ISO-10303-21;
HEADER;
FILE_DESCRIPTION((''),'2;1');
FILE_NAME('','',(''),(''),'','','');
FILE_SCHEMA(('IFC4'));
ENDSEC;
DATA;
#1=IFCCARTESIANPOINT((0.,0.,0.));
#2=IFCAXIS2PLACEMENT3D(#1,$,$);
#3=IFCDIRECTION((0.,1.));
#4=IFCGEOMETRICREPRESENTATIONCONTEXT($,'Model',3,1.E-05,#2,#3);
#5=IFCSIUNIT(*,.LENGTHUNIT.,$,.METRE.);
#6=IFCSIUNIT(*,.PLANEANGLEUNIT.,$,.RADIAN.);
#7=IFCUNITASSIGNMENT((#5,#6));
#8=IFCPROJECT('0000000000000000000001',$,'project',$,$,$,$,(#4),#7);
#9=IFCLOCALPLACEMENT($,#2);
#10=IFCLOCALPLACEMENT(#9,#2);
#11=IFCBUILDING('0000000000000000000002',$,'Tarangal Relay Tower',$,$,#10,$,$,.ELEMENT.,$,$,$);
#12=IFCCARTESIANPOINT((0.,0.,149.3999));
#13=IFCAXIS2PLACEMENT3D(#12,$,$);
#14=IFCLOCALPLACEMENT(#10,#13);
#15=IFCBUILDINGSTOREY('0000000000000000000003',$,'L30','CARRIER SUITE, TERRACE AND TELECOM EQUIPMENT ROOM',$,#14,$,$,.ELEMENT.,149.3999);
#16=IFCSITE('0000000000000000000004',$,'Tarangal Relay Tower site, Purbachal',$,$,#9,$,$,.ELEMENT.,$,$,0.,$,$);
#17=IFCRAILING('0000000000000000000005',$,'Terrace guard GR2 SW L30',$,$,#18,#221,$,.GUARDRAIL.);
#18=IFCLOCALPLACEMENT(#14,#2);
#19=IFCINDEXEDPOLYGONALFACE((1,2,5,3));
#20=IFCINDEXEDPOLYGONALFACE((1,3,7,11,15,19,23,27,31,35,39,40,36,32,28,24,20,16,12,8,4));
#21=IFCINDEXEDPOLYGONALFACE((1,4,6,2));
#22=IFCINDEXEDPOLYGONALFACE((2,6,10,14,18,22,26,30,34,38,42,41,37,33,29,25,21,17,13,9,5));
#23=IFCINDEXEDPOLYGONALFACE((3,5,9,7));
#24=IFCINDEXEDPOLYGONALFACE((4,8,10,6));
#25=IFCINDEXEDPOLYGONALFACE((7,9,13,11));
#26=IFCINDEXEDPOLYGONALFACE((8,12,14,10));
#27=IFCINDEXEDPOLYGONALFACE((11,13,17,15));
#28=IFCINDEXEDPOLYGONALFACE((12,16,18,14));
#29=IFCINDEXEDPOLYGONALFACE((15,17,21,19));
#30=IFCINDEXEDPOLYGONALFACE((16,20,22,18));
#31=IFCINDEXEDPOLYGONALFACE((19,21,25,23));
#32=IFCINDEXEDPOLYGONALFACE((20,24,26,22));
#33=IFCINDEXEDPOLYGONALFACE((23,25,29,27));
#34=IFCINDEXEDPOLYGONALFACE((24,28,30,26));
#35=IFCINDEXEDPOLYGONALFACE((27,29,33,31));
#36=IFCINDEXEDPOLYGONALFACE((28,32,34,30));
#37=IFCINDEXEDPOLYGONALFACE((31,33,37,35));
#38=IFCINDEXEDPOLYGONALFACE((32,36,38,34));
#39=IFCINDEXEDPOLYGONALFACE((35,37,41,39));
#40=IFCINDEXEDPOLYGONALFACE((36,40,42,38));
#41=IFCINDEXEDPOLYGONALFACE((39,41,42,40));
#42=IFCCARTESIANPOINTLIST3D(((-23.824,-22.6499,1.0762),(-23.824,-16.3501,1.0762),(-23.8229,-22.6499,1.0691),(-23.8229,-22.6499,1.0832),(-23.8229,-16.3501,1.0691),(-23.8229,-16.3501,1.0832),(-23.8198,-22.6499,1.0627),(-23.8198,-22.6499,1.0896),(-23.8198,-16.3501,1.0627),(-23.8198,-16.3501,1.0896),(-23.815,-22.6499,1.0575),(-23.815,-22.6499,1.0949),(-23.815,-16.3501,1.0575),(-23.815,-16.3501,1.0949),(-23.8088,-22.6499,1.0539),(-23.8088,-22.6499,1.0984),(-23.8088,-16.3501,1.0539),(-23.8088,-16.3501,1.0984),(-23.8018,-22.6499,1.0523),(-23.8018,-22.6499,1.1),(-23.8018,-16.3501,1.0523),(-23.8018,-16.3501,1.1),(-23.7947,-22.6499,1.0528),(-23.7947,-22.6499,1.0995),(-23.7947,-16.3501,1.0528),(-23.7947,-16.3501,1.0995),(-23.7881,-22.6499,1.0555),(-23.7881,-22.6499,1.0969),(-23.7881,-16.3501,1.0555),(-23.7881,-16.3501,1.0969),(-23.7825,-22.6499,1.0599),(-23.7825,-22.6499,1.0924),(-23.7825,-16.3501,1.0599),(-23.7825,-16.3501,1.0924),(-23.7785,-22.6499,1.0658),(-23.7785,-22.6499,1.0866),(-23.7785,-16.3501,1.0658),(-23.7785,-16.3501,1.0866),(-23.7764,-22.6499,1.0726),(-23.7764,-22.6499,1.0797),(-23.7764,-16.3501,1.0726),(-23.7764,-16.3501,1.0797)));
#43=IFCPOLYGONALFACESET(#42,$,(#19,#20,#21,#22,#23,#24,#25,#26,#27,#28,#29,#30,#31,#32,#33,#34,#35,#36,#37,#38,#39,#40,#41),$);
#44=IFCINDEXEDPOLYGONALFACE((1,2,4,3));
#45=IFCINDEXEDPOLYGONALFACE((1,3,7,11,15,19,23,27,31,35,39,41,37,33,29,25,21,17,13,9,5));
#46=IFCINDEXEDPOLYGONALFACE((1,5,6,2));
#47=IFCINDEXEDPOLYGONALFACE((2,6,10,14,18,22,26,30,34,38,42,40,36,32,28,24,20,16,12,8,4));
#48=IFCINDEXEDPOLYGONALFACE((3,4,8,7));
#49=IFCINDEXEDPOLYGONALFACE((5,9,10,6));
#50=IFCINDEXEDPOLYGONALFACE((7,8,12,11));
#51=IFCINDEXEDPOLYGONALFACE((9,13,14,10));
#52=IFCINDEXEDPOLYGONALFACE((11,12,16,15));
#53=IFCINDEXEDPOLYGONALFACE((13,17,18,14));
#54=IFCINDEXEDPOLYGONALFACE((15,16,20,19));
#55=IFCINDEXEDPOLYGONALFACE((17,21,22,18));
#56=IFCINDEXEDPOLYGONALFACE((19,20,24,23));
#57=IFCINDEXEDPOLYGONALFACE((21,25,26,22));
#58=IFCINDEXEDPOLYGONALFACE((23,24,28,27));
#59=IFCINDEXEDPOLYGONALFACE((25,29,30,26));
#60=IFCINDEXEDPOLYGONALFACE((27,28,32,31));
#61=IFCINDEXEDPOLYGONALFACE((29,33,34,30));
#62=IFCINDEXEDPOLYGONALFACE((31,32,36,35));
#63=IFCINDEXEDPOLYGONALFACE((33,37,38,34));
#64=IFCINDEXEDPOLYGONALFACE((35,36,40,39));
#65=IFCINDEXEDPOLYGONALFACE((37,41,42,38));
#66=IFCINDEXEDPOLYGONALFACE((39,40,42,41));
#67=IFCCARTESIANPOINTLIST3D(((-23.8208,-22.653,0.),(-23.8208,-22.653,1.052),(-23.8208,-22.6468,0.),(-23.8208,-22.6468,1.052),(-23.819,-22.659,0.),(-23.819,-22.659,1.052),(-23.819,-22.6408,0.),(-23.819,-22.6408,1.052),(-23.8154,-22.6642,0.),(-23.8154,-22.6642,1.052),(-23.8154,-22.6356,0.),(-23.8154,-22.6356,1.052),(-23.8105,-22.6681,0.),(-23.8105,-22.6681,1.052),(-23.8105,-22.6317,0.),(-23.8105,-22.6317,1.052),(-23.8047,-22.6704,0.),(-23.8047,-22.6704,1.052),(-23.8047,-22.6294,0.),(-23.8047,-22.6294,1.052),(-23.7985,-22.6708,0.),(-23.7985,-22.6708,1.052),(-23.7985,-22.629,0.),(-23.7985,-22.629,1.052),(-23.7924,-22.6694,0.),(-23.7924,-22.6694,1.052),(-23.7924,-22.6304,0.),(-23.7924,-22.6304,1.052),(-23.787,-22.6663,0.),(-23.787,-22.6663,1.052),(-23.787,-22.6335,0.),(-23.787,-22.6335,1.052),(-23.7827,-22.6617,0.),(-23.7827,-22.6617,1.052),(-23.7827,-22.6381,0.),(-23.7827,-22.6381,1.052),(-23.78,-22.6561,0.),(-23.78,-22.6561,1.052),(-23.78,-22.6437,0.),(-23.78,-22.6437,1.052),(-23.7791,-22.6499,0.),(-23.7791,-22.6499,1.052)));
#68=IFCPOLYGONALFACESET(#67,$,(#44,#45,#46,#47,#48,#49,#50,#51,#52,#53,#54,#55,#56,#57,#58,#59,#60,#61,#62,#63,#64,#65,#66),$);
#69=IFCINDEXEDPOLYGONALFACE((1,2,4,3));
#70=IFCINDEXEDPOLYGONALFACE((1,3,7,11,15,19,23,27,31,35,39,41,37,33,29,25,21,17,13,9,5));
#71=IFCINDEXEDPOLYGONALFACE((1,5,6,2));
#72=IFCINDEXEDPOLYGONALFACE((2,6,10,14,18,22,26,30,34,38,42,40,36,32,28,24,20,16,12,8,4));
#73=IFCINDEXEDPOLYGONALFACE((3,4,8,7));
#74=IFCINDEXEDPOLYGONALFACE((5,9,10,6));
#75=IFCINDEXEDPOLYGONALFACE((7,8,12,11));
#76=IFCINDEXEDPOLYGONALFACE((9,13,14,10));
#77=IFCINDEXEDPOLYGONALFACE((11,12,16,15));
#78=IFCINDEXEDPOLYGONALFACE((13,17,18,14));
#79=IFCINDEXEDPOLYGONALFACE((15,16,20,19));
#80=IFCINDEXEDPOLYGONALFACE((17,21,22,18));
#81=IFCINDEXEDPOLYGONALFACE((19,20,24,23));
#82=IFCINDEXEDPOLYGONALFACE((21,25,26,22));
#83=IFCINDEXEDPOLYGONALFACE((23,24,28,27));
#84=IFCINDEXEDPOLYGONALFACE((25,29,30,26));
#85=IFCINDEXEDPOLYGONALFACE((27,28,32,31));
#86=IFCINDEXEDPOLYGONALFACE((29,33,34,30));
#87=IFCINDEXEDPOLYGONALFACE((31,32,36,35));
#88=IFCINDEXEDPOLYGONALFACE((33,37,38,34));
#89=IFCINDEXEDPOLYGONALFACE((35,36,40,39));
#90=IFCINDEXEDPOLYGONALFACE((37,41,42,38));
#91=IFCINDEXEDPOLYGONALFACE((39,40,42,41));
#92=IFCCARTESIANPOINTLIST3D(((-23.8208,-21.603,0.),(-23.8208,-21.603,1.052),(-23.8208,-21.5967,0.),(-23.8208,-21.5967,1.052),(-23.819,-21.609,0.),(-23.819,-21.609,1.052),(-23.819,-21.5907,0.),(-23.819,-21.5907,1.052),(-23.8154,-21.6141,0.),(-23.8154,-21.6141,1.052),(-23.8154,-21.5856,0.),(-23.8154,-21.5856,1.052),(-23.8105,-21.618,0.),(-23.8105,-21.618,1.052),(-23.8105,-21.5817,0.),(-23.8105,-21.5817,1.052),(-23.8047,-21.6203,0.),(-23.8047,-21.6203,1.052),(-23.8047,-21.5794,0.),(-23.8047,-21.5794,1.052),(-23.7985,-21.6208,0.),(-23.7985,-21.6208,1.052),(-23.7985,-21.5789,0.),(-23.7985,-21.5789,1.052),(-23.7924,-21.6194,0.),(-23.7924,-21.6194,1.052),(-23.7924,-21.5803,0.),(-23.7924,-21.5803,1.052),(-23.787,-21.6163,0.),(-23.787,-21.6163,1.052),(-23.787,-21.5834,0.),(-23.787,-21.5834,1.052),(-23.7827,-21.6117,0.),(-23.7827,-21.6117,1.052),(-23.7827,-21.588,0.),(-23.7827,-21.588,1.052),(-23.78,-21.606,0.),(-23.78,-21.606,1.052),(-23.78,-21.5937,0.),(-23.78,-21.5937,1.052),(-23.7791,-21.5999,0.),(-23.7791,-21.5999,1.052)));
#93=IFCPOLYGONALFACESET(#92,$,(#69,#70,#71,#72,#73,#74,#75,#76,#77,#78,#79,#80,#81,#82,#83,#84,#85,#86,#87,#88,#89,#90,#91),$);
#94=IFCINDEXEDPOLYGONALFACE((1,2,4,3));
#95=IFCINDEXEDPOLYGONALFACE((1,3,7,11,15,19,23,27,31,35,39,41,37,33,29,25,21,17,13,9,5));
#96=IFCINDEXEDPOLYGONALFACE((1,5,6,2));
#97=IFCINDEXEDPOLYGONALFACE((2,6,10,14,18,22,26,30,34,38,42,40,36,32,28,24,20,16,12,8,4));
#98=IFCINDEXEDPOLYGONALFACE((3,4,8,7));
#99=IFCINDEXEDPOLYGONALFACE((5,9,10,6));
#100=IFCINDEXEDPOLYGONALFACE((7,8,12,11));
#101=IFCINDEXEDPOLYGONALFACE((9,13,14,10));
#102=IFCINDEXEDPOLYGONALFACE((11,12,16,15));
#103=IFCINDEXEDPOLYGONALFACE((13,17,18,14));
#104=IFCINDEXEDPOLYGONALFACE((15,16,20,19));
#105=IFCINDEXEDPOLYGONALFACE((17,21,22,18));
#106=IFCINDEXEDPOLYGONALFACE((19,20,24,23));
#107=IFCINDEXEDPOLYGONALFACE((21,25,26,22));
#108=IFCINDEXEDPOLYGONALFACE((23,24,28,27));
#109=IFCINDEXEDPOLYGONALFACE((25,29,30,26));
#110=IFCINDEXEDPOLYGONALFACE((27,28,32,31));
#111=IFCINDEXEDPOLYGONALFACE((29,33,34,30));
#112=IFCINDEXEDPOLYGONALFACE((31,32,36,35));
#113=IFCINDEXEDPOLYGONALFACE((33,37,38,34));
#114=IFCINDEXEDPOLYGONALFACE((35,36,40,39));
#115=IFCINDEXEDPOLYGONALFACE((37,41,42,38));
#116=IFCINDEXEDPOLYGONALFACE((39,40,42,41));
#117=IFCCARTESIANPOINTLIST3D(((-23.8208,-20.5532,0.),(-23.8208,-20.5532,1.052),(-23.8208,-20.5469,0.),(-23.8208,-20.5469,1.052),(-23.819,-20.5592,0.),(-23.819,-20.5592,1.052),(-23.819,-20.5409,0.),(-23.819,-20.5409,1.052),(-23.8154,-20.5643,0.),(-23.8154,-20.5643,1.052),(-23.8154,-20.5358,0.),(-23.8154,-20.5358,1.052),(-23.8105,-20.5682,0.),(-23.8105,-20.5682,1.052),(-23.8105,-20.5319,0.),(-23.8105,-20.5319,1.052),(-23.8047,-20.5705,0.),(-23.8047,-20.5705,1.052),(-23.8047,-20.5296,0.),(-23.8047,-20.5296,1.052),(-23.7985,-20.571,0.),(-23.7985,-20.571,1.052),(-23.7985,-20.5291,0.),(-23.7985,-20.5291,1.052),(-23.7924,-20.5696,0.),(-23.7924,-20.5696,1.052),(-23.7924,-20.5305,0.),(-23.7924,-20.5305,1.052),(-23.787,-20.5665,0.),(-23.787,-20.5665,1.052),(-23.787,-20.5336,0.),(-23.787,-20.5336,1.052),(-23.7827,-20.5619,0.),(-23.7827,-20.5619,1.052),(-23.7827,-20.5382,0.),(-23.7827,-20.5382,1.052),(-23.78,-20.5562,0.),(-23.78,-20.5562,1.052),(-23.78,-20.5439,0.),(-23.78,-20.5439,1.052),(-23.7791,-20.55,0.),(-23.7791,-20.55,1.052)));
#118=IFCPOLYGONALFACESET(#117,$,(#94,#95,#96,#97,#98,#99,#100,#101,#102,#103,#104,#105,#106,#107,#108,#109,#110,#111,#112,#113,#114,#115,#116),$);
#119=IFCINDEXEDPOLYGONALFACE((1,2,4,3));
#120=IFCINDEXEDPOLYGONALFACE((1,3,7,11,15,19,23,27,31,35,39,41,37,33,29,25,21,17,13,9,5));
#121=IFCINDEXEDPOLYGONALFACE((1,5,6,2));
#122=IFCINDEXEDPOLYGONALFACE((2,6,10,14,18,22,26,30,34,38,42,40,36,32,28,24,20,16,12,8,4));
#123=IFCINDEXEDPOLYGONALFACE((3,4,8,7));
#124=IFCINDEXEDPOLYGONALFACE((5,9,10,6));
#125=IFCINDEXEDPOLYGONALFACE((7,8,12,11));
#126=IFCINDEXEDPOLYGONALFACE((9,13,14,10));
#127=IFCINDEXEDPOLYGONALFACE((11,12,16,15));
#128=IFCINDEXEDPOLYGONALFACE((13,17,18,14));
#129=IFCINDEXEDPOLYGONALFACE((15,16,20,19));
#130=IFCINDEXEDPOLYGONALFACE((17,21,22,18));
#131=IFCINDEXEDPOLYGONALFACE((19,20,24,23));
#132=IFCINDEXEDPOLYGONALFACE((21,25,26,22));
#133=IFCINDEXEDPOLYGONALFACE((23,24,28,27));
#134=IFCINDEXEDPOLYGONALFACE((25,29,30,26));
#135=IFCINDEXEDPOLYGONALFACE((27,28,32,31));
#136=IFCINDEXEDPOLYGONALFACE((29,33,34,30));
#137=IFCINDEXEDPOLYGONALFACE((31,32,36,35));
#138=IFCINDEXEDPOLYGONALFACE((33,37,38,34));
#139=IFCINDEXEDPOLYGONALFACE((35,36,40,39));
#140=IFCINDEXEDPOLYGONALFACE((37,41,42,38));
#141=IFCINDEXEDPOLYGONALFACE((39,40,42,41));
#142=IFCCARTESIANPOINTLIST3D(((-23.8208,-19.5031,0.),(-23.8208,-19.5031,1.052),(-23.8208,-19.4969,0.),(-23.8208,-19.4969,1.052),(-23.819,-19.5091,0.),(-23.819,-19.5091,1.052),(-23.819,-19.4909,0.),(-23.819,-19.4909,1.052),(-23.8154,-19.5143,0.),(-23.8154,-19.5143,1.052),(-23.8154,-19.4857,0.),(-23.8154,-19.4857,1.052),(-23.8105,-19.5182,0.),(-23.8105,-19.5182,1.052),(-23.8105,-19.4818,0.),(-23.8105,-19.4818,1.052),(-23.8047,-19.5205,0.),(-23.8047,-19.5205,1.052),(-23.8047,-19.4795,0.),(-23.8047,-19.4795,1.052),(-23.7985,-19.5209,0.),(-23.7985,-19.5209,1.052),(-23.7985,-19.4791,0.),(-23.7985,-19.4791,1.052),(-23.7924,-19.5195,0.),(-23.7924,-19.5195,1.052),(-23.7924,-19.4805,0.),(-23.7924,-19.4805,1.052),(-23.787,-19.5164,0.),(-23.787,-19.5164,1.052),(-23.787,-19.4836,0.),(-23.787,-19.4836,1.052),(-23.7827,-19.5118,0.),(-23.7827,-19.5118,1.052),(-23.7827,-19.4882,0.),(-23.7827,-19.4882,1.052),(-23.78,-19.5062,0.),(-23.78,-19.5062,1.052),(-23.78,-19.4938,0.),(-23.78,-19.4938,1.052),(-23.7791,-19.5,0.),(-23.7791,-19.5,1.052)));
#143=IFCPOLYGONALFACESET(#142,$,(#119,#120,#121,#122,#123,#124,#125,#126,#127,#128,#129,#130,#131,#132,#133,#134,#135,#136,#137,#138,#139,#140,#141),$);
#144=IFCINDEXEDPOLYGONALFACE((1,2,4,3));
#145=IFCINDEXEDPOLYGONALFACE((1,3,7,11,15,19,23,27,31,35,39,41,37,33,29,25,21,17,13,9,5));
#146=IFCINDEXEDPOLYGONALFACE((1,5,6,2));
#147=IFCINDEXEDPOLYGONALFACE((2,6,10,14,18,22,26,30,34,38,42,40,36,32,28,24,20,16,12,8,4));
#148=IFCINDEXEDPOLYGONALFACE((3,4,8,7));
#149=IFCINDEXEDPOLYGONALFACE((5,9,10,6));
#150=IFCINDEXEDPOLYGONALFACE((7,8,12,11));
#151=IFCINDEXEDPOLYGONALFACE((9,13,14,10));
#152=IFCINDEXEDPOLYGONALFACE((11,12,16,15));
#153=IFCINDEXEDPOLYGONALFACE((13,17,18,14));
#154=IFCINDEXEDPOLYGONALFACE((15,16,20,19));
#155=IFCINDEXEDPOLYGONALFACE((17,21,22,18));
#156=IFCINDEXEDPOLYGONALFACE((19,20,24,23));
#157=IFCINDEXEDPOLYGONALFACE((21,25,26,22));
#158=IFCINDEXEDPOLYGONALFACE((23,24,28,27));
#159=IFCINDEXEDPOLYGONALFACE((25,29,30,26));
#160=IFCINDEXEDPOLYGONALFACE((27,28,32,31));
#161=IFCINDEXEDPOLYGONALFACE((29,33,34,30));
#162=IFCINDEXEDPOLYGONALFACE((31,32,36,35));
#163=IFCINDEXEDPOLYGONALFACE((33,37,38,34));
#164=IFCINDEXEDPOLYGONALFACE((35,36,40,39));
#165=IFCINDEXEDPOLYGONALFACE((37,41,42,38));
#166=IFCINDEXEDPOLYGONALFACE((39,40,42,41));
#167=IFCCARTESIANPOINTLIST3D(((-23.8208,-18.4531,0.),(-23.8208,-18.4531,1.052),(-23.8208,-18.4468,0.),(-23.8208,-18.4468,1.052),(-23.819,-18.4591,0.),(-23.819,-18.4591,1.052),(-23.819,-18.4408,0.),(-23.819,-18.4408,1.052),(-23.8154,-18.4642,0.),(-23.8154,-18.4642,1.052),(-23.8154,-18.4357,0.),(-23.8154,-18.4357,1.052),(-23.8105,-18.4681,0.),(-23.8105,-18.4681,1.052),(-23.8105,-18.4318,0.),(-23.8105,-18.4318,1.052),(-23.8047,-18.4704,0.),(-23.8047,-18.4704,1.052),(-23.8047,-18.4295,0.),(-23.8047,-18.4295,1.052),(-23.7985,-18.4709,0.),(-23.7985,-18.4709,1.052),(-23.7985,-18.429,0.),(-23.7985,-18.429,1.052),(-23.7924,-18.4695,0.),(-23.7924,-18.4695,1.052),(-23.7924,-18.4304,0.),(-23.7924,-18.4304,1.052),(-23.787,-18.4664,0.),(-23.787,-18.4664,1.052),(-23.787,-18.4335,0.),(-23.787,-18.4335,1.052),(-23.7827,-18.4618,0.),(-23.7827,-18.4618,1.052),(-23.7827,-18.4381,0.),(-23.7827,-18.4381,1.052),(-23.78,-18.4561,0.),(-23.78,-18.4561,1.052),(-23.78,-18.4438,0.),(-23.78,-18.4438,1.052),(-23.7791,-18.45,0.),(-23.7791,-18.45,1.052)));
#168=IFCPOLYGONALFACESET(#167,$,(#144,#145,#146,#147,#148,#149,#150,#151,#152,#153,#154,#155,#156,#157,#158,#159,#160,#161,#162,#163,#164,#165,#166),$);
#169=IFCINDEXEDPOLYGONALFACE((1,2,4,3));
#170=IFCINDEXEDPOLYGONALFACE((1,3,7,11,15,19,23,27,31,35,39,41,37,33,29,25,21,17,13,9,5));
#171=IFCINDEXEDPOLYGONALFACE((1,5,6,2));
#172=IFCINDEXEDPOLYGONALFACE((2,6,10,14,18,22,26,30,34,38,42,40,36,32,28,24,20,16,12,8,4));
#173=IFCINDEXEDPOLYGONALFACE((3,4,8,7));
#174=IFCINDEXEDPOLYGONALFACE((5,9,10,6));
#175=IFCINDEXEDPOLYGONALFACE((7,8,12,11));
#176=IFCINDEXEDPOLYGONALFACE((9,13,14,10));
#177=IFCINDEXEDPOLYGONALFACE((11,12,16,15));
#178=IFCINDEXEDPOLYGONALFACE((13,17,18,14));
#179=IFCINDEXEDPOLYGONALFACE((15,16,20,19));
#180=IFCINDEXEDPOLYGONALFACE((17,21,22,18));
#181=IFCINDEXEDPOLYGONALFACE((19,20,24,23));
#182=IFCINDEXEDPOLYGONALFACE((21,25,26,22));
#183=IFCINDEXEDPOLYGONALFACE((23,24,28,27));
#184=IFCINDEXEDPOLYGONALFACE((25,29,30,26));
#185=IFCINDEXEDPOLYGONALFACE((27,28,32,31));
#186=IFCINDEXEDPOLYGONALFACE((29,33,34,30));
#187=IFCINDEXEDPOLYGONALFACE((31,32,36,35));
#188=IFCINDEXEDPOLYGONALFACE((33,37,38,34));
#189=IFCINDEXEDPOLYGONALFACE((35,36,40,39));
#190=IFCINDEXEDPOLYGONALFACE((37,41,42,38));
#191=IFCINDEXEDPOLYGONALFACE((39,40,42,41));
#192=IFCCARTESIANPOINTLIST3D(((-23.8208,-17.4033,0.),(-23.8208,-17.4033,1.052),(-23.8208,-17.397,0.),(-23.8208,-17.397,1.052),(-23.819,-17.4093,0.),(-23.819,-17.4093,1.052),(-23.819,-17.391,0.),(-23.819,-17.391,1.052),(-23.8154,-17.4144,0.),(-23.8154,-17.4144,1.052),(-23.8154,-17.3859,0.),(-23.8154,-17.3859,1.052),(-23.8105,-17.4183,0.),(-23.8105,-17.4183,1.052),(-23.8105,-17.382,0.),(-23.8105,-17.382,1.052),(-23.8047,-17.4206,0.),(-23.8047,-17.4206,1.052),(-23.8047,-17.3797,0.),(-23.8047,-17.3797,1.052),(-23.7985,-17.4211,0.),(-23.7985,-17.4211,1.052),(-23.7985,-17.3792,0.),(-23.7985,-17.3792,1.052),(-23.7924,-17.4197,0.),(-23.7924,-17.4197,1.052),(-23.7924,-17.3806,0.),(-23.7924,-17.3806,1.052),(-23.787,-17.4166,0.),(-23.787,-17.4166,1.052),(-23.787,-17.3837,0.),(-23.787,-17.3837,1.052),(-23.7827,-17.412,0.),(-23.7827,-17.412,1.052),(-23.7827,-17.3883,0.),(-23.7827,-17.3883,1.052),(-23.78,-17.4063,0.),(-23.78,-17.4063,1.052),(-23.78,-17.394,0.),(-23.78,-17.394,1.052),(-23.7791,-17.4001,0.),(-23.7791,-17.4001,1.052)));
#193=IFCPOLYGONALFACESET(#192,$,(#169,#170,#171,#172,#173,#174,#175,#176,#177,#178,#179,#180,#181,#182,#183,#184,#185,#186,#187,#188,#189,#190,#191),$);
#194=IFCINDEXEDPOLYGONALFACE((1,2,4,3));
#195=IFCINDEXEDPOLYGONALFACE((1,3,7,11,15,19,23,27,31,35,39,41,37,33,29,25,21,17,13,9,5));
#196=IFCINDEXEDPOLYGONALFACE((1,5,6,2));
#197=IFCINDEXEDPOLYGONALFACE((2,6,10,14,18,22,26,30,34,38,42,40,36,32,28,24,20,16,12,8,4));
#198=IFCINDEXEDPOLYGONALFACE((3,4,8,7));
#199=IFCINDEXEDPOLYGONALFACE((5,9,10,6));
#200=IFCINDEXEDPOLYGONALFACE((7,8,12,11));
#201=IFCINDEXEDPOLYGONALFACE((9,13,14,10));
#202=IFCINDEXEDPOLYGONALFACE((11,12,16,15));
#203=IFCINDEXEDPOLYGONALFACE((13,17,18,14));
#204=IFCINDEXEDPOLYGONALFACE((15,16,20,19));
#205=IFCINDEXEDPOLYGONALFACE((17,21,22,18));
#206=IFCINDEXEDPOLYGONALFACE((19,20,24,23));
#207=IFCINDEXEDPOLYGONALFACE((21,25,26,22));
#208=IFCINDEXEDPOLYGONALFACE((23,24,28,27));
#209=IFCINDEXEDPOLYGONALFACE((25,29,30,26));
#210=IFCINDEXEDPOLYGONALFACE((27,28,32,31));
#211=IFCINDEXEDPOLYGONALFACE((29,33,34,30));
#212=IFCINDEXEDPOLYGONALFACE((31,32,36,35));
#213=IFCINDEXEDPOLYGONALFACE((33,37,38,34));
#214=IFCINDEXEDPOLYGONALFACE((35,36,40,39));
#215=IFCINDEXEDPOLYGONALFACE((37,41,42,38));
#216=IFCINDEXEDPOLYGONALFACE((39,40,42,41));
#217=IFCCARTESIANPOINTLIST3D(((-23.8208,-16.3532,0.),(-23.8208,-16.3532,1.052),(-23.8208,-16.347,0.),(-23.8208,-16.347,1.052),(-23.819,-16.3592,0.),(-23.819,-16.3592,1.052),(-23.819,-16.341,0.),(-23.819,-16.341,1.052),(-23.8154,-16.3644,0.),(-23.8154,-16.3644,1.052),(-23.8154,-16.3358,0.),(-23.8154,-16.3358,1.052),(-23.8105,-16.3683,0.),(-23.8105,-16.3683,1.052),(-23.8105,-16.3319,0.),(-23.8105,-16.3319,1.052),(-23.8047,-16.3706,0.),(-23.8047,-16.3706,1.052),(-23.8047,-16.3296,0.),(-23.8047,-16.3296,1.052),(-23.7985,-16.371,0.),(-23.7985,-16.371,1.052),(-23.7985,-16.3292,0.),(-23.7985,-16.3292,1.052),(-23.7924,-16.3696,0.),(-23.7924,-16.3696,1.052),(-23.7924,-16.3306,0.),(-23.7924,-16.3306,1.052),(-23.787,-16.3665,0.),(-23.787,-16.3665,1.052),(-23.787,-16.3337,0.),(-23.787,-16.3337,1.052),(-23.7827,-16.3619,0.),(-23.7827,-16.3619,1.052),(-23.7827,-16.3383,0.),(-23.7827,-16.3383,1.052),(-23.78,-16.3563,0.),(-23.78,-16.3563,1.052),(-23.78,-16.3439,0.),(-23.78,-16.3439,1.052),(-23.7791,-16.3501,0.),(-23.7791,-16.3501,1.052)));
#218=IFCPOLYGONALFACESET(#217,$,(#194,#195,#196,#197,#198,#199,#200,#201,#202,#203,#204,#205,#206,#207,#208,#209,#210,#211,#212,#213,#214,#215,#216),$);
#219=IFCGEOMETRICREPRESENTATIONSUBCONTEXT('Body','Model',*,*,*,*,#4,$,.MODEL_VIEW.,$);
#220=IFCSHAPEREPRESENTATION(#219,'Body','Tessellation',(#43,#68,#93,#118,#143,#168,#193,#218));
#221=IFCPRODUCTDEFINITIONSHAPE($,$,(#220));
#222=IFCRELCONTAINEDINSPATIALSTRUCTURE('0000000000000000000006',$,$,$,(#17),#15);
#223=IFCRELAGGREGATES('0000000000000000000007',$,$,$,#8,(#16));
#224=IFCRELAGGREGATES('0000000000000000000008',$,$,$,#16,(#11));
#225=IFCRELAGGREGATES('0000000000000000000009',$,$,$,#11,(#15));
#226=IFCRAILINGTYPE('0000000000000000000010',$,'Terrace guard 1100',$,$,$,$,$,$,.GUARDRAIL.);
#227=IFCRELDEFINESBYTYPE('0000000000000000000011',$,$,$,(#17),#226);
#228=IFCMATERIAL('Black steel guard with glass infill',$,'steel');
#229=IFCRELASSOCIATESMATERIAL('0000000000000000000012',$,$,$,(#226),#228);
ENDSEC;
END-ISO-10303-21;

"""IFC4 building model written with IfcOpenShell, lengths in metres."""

from ifc_helpers import new_model, si_unit, direction, frame, origin, origin_2d, place, context, subcontext, project, spatial, circle, extrude, material, type_object, element, save


model = new_model("IFC4")

# Units and contexts
model_context = context("Model", 3, precision=1e-05, world=origin(), true_north=direction((0.0, 1.0)))
body_context = subcontext(model_context, "Body", "Model", "MODEL_VIEW")
ifc_project = project(units=[si_unit("LENGTHUNIT", "METRE"), si_unit("PLANEANGLEUNIT", "RADIAN")], contexts=[model_context])

# Site, building, storey
site_placement = place(None, origin())
site = spatial("IfcSite", under=ifc_project, at=site_placement, Name="Tarangal Relay Tower site, Purbachal", CompositionType="ELEMENT", RefElevation=0.0)
building_placement = place(site_placement, origin())
building = spatial("IfcBuilding", under=site, at=building_placement, Name="Tarangal Relay Tower", CompositionType="ELEMENT")
storey_placement = place(building_placement, frame((0.0, 0.0, 149.3999)))
storey = spatial("IfcBuildingStorey", under=building, at=storey_placement, Name="L30", Description="CARRIER SUITE, TERRACE AND TELECOM EQUIPMENT ROOM", CompositionType="ELEMENT", Elevation=149.3999)

# Railing
ifc_material_1 = material(Name="Black steel guard with glass infill", Category="steel")
railing_type = type_object("IfcRailingType", Name="Terrace guard 1100", PredefinedType="GUARDRAIL", material=ifc_material_1)
railing_1_placement = place(storey_placement, frame((-23.8, -22.6499, 0.0)))
element("IfcRailing", 1, at=railing_1_placement, inside=storey, type_object=railing_type, Name="Terrace guard GR2 SW L30", PredefinedType="GUARDRAIL", context=body_context, shape_type="SweptSolid", body=[
    extrude(circle(Radius=0.0239, at=origin_2d()), frame((0.0, 0.0, 1.0762), z_axis=(0.0, 1.0, 0.0), x_axis=(-1.0, 0.0, 0.0)), (0.0, 0.0, 1.0), 6.2998),
    extrude(circle(Radius=0.021, at=origin_2d()), origin(), (0.0, 0.0, 1.0), 1.052),
    extrude(circle(Radius=0.021, at=origin_2d()), frame((0.0, 1.05, 0.0)), (0.0, 0.0, 1.0), 1.052),
    extrude(circle(Radius=0.021, at=origin_2d()), frame((0.0, 2.0999, 0.0)), (0.0, 0.0, 1.0), 1.052),
    extrude(circle(Radius=0.021, at=origin_2d()), frame((0.0, 3.1499, 0.0)), (0.0, 0.0, 1.0), 1.052),
    extrude(circle(Radius=0.021, at=origin_2d()), frame((0.0, 4.2, 0.0)), (0.0, 0.0, 1.0), 1.052),
    extrude(circle(Radius=0.021, at=origin_2d()), frame((0.0, 5.2498, 0.0)), (0.0, 0.0, 1.0), 1.052),
    extrude(circle(Radius=0.021, at=origin_2d()), frame((0.0, 6.2998, 0.0)), (0.0, 0.0, 1.0), 1.052),
])

save(model, "model.ifc")
